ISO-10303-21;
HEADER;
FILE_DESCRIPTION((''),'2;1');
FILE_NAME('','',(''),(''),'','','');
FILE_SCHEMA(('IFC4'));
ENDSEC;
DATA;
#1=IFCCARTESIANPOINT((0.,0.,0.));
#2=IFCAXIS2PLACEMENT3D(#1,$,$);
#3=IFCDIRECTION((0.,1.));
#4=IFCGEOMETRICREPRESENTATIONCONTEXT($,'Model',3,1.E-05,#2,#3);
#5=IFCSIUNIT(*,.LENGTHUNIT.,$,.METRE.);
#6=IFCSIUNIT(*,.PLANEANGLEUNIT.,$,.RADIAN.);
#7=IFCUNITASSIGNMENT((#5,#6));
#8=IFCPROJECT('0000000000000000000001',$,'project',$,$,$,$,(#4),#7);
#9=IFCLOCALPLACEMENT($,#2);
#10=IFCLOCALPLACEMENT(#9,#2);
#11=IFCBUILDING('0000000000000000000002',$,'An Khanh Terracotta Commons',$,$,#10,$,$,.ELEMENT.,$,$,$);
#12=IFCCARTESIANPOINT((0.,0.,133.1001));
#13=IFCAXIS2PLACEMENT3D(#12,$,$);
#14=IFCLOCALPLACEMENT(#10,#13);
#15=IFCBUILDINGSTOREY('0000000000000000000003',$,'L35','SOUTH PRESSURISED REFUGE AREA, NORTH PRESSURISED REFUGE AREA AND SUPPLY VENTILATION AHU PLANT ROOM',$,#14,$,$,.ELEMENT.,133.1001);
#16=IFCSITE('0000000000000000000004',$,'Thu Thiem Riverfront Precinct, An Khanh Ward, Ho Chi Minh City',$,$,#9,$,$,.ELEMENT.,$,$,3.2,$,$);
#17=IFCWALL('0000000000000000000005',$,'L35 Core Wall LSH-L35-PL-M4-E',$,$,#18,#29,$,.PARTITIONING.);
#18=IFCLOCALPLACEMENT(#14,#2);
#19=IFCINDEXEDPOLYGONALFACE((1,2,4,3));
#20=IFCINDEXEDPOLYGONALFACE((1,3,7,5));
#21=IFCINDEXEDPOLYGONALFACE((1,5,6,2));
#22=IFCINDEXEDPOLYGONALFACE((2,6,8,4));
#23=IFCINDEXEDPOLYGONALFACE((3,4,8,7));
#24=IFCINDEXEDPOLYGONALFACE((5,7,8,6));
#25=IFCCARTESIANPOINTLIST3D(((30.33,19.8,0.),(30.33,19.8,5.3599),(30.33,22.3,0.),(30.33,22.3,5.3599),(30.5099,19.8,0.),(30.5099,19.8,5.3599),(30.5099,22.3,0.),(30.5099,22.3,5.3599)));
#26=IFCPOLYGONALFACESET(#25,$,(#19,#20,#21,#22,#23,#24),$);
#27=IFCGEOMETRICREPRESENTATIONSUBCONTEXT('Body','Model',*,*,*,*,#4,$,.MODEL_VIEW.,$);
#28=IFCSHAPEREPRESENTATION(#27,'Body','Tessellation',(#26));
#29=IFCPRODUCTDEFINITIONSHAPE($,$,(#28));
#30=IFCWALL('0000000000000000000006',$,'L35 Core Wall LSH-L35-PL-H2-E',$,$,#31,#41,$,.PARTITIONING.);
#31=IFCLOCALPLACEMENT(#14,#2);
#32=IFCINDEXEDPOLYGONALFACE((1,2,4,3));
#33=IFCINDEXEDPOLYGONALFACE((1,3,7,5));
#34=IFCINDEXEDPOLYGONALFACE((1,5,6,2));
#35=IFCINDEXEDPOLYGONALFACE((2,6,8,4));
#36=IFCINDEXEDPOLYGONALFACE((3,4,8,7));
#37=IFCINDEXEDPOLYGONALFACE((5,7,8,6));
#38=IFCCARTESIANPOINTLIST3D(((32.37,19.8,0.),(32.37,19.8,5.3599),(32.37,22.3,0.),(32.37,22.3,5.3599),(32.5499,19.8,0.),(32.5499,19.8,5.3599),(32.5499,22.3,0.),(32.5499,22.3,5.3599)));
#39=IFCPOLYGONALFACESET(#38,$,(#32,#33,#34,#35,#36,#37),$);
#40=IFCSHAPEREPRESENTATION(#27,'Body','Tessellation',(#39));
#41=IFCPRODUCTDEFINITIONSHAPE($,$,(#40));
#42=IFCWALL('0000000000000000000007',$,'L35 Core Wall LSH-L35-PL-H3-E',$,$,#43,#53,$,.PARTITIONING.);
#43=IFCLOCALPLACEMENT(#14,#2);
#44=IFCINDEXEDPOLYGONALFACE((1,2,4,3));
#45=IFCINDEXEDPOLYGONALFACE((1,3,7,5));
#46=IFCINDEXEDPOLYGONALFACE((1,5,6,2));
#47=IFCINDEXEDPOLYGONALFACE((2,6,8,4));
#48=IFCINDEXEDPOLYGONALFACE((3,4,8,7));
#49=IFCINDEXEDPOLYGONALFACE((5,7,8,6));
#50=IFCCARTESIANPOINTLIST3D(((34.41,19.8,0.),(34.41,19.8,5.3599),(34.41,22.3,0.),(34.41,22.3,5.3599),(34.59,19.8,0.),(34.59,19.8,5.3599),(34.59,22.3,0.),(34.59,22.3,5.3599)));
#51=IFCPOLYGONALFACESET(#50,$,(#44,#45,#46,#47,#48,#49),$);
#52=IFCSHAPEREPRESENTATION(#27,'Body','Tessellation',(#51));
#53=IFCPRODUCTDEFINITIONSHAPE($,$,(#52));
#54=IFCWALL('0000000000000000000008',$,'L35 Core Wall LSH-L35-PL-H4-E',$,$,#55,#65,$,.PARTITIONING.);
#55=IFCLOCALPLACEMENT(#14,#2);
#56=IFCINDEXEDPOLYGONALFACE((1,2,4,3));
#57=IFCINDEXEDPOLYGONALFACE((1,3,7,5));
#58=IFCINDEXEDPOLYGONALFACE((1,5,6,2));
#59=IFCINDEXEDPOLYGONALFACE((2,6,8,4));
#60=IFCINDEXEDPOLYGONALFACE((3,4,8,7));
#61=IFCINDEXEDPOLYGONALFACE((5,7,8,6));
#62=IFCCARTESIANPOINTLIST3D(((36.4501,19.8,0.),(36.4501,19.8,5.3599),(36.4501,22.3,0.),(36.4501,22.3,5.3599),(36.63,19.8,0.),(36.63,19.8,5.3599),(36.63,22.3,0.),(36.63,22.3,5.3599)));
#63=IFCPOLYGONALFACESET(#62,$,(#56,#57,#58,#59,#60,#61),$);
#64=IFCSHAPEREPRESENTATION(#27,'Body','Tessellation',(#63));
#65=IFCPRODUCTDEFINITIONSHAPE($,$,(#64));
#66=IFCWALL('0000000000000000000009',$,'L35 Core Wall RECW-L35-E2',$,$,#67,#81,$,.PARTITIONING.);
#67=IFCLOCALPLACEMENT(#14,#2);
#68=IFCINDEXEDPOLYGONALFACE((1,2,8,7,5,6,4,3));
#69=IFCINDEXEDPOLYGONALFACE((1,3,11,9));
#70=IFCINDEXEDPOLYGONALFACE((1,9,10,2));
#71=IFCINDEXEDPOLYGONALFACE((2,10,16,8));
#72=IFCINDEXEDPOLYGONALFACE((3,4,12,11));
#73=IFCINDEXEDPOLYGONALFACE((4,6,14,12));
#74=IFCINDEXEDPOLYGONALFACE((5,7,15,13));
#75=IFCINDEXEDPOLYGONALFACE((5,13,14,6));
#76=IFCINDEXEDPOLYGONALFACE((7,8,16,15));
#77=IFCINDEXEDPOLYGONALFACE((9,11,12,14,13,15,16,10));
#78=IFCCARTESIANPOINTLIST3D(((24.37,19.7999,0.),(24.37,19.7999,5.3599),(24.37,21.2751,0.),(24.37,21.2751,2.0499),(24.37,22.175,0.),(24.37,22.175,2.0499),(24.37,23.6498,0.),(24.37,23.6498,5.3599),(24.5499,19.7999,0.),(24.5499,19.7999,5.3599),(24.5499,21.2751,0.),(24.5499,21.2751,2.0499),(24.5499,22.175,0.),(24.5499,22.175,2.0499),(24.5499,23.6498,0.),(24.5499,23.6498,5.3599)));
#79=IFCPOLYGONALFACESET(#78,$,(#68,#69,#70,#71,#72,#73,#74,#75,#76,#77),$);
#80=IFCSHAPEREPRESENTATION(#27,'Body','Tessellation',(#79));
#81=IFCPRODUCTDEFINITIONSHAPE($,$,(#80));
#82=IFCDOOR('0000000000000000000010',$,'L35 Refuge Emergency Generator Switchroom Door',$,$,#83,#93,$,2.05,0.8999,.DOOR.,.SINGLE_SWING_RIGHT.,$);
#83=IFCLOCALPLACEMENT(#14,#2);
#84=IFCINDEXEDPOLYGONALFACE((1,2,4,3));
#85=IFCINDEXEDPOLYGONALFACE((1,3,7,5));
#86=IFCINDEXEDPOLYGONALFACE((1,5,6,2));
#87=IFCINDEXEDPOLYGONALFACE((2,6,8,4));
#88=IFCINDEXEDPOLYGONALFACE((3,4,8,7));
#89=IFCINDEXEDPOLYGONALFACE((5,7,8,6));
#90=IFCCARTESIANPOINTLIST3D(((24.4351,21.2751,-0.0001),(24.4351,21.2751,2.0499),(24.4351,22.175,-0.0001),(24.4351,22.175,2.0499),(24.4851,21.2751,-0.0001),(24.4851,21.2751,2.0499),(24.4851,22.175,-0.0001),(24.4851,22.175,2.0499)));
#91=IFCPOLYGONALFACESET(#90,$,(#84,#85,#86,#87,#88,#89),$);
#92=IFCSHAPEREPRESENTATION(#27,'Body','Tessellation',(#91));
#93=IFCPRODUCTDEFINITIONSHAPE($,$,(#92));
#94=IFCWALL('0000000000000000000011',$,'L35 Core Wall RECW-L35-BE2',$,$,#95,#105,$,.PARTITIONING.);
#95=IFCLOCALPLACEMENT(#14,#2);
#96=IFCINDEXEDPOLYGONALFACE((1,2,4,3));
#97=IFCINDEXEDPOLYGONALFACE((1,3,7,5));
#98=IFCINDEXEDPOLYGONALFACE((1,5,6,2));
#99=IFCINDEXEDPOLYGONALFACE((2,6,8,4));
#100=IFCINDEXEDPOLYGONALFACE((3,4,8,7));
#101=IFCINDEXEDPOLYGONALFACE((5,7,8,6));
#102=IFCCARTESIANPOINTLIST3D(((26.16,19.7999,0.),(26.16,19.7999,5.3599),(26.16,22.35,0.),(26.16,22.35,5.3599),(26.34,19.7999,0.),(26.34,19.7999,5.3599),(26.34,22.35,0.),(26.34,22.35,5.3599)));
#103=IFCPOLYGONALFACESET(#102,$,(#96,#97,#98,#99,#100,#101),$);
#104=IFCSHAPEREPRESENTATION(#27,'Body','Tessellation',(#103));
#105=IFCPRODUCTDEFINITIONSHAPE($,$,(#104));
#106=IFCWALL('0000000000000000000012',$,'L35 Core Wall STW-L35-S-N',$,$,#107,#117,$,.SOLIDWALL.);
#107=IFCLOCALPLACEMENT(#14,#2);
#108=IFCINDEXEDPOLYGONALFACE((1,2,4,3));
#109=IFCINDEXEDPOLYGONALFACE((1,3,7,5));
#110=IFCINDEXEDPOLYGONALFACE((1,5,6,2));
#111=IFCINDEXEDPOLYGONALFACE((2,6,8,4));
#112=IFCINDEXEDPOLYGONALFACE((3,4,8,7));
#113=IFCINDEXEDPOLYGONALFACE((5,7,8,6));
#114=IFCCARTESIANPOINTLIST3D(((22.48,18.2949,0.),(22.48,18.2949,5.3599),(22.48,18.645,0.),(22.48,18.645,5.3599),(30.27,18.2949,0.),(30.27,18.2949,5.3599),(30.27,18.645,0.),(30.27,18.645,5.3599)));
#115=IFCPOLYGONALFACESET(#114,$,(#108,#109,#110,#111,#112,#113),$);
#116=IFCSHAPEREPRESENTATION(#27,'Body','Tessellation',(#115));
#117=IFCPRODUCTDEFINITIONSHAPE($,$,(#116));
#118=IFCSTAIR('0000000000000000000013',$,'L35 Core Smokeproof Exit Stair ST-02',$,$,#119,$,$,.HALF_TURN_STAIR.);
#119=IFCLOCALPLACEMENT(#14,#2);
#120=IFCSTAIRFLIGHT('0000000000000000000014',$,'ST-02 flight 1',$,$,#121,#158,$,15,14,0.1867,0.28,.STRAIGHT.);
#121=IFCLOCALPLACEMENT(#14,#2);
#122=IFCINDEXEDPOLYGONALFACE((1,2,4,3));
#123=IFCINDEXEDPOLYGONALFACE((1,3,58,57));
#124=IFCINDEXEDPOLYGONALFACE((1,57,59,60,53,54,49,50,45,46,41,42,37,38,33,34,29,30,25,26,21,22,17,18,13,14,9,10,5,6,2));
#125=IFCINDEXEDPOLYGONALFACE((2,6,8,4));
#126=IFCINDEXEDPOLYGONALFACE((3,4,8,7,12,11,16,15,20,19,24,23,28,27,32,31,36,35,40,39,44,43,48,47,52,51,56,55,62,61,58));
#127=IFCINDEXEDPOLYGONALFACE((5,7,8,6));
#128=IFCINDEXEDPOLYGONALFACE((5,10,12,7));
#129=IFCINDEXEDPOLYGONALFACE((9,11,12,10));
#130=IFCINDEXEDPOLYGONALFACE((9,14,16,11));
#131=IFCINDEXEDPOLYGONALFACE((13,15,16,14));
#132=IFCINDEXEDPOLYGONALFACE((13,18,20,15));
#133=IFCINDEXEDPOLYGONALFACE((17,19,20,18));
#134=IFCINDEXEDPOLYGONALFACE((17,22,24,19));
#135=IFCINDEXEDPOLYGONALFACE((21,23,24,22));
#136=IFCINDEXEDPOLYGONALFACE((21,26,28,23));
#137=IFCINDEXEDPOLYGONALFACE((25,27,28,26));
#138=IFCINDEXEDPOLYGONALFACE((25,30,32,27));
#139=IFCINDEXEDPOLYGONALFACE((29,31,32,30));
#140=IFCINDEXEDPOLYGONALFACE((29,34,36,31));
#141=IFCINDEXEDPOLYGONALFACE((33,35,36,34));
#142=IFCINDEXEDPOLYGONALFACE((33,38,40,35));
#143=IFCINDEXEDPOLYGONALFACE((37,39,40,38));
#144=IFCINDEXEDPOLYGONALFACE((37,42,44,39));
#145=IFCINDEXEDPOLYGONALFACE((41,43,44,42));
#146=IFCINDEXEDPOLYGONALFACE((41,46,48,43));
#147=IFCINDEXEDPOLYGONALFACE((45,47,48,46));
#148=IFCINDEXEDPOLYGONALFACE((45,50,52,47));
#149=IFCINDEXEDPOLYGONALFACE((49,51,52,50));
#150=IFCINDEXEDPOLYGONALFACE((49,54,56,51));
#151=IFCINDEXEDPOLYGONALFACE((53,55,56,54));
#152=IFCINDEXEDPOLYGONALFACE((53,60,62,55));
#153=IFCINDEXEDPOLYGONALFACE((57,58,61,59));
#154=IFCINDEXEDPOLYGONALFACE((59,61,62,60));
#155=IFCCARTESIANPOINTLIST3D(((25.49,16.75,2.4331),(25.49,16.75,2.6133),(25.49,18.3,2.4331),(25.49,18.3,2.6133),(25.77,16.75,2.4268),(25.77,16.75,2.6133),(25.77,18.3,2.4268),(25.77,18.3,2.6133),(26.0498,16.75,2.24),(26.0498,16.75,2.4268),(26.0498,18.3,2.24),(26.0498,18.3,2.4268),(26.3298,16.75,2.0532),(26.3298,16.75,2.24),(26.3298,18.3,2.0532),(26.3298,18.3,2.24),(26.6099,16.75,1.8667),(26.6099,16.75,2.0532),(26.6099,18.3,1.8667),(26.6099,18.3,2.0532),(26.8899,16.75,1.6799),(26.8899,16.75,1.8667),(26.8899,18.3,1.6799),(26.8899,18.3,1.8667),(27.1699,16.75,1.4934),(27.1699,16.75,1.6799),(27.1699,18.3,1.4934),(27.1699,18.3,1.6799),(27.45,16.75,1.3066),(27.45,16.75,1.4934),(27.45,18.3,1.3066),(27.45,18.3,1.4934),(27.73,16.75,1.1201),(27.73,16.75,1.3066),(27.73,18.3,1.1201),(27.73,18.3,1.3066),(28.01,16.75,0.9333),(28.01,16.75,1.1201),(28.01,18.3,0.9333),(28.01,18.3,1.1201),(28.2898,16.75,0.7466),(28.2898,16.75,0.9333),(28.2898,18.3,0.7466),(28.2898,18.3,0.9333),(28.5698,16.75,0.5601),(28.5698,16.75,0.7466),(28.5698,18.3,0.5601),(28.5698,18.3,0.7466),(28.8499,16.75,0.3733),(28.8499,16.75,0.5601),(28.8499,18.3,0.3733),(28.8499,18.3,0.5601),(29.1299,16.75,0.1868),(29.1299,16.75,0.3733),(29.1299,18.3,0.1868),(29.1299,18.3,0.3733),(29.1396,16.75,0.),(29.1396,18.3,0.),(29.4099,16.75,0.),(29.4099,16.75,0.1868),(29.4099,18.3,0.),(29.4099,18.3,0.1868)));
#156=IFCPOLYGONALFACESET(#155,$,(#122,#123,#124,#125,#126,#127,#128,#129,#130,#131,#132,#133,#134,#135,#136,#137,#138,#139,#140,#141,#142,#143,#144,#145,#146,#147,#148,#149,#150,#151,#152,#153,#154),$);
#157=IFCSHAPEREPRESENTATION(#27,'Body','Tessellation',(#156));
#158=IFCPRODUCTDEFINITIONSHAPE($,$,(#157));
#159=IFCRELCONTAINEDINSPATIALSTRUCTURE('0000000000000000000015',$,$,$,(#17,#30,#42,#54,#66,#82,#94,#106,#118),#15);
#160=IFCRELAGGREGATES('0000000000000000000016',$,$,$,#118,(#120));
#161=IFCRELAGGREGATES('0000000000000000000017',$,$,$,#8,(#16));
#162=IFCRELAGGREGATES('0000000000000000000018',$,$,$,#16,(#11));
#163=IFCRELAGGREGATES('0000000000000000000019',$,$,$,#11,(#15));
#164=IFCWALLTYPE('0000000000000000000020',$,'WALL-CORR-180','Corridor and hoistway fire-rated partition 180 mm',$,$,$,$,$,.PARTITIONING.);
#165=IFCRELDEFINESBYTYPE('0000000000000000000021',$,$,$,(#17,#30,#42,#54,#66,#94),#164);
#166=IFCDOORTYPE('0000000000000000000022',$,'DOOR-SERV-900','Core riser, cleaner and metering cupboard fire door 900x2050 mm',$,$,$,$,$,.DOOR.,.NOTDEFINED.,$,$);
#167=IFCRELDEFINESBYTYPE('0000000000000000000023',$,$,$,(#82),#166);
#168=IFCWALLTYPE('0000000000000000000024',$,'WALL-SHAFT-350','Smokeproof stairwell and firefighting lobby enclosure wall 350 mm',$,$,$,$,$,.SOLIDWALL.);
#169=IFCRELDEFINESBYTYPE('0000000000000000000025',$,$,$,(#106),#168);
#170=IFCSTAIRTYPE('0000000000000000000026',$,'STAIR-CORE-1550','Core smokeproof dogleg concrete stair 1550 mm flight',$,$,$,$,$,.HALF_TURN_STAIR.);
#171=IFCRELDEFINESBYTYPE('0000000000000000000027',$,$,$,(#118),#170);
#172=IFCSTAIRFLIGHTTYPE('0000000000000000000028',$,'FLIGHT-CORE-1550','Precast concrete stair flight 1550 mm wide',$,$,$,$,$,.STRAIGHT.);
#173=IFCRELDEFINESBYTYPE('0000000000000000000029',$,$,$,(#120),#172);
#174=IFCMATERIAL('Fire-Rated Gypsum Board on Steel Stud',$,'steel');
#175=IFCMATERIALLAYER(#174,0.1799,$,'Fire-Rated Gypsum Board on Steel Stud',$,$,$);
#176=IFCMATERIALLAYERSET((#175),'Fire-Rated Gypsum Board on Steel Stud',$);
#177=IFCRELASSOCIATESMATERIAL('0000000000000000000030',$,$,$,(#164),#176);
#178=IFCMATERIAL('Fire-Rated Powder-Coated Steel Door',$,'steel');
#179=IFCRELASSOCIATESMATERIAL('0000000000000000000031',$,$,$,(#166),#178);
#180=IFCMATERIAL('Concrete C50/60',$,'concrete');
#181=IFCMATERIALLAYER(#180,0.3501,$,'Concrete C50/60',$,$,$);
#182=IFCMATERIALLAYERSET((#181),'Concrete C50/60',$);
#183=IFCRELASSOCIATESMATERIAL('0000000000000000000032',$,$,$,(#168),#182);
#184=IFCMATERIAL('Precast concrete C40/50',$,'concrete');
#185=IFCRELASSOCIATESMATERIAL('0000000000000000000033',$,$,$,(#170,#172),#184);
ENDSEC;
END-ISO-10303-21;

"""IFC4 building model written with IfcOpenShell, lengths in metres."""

from ifc_helpers import new_model, si_unit, direction, frame, frame_2d, origin, place, context, subcontext, project, spatial, polyline, rectangle, outline, extrude, material, layer, layer_set, type_object, element, fill, aggregate, save


model = new_model("IFC4")

# Units and contexts
model_context = context("Model", 3, precision=1e-05, world=origin(), true_north=direction((0.0, 1.0)))
body_context = subcontext(model_context, "Body", "Model", "MODEL_VIEW")
ifc_project = project(units=[si_unit("LENGTHUNIT", "METRE"), si_unit("PLANEANGLEUNIT", "RADIAN")], contexts=[model_context])

# Site, building, storey
site_placement = place(None, origin())
site = spatial("IfcSite", under=ifc_project, at=site_placement, Name="Thu Thiem Riverfront Precinct, An Khanh Ward, Ho Chi Minh City", CompositionType="ELEMENT", RefElevation=3.2)
building_placement = place(site_placement, origin())
building = spatial("IfcBuilding", under=site, at=building_placement, Name="An Khanh Terracotta Commons", CompositionType="ELEMENT")
storey_placement = place(building_placement, frame((0.0, 0.0, 133.1001)))
storey = spatial("IfcBuildingStorey", under=building, at=storey_placement, Name="L35", Description="SOUTH PRESSURISED REFUGE AREA, NORTH PRESSURISED REFUGE AREA AND SUPPLY VENTILATION AHU PLANT ROOM", CompositionType="ELEMENT", Elevation=133.1001)

# Shared definitions
ifc_material_1 = material(Name="Fire-Rated Gypsum Board on Steel Stud", Category="steel")
ifc_layer_1 = layer(ifc_material_1, 0.1799, Name="Fire-Rated Gypsum Board on Steel Stud")
ifc_layer_set_1 = layer_set([ifc_layer_1], Name="Fire-Rated Gypsum Board on Steel Stud")
wall_type_1 = type_object("IfcWallType", Name="WALL-CORR-180", Description="Corridor and hoistway fire-rated partition 180 mm", PredefinedType="PARTITIONING", material=ifc_layer_set_1)
ifc_material_2 = material(Name="Fire-Rated Powder-Coated Steel Door", Category="steel")
door_type_1 = type_object("IfcDoorType", Name="DOOR-SERV-900", Description="Core riser, cleaner and metering cupboard fire door 900x2050 mm", OperationType="NOTDEFINED", PredefinedType="DOOR", material=ifc_material_2)

# Walls
for number, where, z_axis, x_axis, name in (
    (1, (30.4199, 19.8, 0.0), (0.0, 0.0, 1.0), (0.0, 1.0, 0.0), "L35 Core Wall LSH-L35-PL-M4-E"),
    (2, (32.46, 19.8, 0.0), (0.0, 0.0, 1.0), (0.0, 1.0, 0.0), "L35 Core Wall LSH-L35-PL-H2-E"),
    (3, (34.5, 19.8, 0.0), (0.0, 0.0, 1.0), (0.0, 1.0, 0.0), "L35 Core Wall LSH-L35-PL-H3-E"),
    (4, (36.54, 19.8, 0.0), (0.0, 0.0, 1.0), (0.0, 1.0, 0.0), "L35 Core Wall LSH-L35-PL-H4-E"),
):
    element("IfcWall", number, at=place(storey_placement, frame(where, z_axis=z_axis, x_axis=x_axis)), inside=storey, type_object=wall_type_1, Name=name, PredefinedType="PARTITIONING", context=body_context, shape_type="SweptSolid", body=[
        extrude(rectangle(XDim=2.5, YDim=0.1799, at=frame_2d((1.25, 0.0))), origin(), (0.0, 0.0, 1.0), 5.3599),
    ])

# Wall, opening, door
wall_1_placement = place(storey_placement, frame((24.46, 19.8, 0.0), z_axis=(0.0, 0.0, 1.0), x_axis=(0.0, 1.0, 0.0)))
wall_1 = element("IfcWall", 5, at=wall_1_placement, inside=storey, type_object=wall_type_1, Name="L35 Core Wall RECW-L35-E2", PredefinedType="PARTITIONING", context=body_context, shape_type="SweptSolid", body=[
    extrude(rectangle(XDim=3.8499, YDim=0.1799, at=frame_2d((1.9248, 0.0))), origin(), (0.0, 0.0, 1.0), 5.3599),
])
opening_1_placement = place(wall_1_placement, frame((1.4751, 0.0, 0.0)))
opening_1 = element("IfcOpeningElement", 6, at=opening_1_placement, cuts=wall_1, PredefinedType="OPENING", context=body_context, shape_type="SweptSolid", body=[
    extrude(rectangle(XDim=0.8999, YDim=2.05, at=frame_2d((0.45, 1.0249))), frame((0.0, 0.0999, 0.0), z_axis=(0.0, -1.0, 0.0), x_axis=(1.0, 0.0, 0.0)), (0.0, 0.0, 1.0), 0.2),
])
door_1_placement = place(opening_1_placement, origin())
door_1 = element("IfcDoor", 7, at=door_1_placement, inside=storey, type_object=door_type_1, Name="L35 Refuge Emergency Generator Switchroom Door", OperationType="SINGLE_SWING_RIGHT", OverallHeight=2.05, OverallWidth=0.8999, PredefinedType="DOOR", context=body_context, shape_type="SweptSolid", body=[
    extrude(rectangle(XDim=0.8999, YDim=2.05, at=frame_2d((0.45, 1.0249))), frame((0.0, 0.0249, 0.0), z_axis=(0.0, -1.0, 0.0), x_axis=(1.0, 0.0, 0.0)), (0.0, 0.0, 1.0), 0.05),
])
fill(opening_1, door_1)

# Walls
wall_2_placement = place(storey_placement, frame((26.25, 19.8, 0.0), z_axis=(0.0, 0.0, 1.0), x_axis=(0.0, 1.0, 0.0)))
element("IfcWall", 8, at=wall_2_placement, inside=storey, type_object=wall_type_1, Name="L35 Core Wall RECW-L35-BE2", PredefinedType="PARTITIONING", context=body_context, shape_type="SweptSolid", body=[
    extrude(rectangle(XDim=2.55, YDim=0.1799, at=frame_2d((1.2749, 0.0))), origin(), (0.0, 0.0, 1.0), 5.3599),
])
ifc_material_3 = material(Name="Concrete C50/60", Category="concrete")
ifc_layer_2 = layer(ifc_material_3, 0.3501, Name="Concrete C50/60")
ifc_layer_set_2 = layer_set([ifc_layer_2], Name="Concrete C50/60")
wall_type_2 = type_object("IfcWallType", Name="WALL-SHAFT-350", Description="Smokeproof stairwell and firefighting lobby enclosure wall 350 mm", PredefinedType="SOLIDWALL", material=ifc_layer_set_2)
wall_3_placement = place(storey_placement, frame((22.48, 18.47, 0.0), z_axis=(0.0, 0.0, 1.0), x_axis=(1.0, 0.0, 0.0)))
element("IfcWall", 9, at=wall_3_placement, inside=storey, type_object=wall_type_2, Name="L35 Core Wall STW-L35-S-N", PredefinedType="SOLIDWALL", context=body_context, shape_type="SweptSolid", body=[
    extrude(rectangle(XDim=7.79, YDim=0.3501, at=frame_2d((3.895, 0.0))), origin(), (0.0, 0.0, 1.0), 5.3599),
])

# Stair, stair flight
ifc_material_4 = material(Name="Precast concrete C40/50", Category="concrete")
stair_type = type_object("IfcStairType", Name="STAIR-CORE-1550", Description="Core smokeproof dogleg concrete stair 1550 mm flight", PredefinedType="HALF_TURN_STAIR", material=ifc_material_4)
stair_placement = place(storey_placement, origin())
stair = element("IfcStair", 10, at=stair_placement, inside=storey, type_object=stair_type, Name="L35 Core Smokeproof Exit Stair ST-02", PredefinedType="HALF_TURN_STAIR")
stair_flight_type = type_object("IfcStairFlightType", Name="FLIGHT-CORE-1550", Description="Precast concrete stair flight 1550 mm wide", PredefinedType="STRAIGHT", material=ifc_material_4)
stair_flight_placement = place(storey_placement, frame((29.4099, 17.5249, 0.0), z_axis=(0.0, 0.0, 1.0), x_axis=(-1.0, 0.0, 0.0)))
stair_flight = element("IfcStairFlight", 11, at=stair_flight_placement, type_object=stair_flight_type, Name="ST-02 flight 1", NumberOfRisers=15, NumberOfTreads=14, PredefinedType="STRAIGHT", RiserHeight=0.1867, TreadLength=0.28, context=body_context, shape_type="SweptSolid", body=[
    extrude(outline(polyline([(0.0, 0.0), (0.0, 0.1868), (0.28, 0.1868), (0.28, 0.3733), (0.5601, 0.3733), (0.5601, 0.5601), (0.8401, 0.5601), (0.8401, 0.7466), (1.1201, 0.7466), (1.1201, 0.9333), (1.3999, 0.9333), (1.3999, 1.1201), (1.6799, 1.1201), (1.6799, 1.3066), (1.96, 1.3066), (1.96, 1.4934), (2.24, 1.4934), (2.24, 1.6799), (2.52, 1.6799), (2.52, 1.8667), (2.8, 1.8667), (2.8, 2.0532), (3.0801, 2.0532), (3.0801, 2.24), (3.3601, 2.24), (3.3601, 2.4268), (3.6399, 2.4268), (3.6399, 2.6133), (3.9199, 2.6133), (3.9199, 2.8), (3.9199, 2.4331), (0.2703, 0.0), (0.0, 0.0)])), frame((0.0, 0.7749, 0.0), z_axis=(0.0, -1.0, 0.0), x_axis=(1.0, 0.0, 0.0)), (0.0, 0.0, 1.0), 1.55),
])
aggregate(stair, [stair_flight])

save(model, "model.ifc")
